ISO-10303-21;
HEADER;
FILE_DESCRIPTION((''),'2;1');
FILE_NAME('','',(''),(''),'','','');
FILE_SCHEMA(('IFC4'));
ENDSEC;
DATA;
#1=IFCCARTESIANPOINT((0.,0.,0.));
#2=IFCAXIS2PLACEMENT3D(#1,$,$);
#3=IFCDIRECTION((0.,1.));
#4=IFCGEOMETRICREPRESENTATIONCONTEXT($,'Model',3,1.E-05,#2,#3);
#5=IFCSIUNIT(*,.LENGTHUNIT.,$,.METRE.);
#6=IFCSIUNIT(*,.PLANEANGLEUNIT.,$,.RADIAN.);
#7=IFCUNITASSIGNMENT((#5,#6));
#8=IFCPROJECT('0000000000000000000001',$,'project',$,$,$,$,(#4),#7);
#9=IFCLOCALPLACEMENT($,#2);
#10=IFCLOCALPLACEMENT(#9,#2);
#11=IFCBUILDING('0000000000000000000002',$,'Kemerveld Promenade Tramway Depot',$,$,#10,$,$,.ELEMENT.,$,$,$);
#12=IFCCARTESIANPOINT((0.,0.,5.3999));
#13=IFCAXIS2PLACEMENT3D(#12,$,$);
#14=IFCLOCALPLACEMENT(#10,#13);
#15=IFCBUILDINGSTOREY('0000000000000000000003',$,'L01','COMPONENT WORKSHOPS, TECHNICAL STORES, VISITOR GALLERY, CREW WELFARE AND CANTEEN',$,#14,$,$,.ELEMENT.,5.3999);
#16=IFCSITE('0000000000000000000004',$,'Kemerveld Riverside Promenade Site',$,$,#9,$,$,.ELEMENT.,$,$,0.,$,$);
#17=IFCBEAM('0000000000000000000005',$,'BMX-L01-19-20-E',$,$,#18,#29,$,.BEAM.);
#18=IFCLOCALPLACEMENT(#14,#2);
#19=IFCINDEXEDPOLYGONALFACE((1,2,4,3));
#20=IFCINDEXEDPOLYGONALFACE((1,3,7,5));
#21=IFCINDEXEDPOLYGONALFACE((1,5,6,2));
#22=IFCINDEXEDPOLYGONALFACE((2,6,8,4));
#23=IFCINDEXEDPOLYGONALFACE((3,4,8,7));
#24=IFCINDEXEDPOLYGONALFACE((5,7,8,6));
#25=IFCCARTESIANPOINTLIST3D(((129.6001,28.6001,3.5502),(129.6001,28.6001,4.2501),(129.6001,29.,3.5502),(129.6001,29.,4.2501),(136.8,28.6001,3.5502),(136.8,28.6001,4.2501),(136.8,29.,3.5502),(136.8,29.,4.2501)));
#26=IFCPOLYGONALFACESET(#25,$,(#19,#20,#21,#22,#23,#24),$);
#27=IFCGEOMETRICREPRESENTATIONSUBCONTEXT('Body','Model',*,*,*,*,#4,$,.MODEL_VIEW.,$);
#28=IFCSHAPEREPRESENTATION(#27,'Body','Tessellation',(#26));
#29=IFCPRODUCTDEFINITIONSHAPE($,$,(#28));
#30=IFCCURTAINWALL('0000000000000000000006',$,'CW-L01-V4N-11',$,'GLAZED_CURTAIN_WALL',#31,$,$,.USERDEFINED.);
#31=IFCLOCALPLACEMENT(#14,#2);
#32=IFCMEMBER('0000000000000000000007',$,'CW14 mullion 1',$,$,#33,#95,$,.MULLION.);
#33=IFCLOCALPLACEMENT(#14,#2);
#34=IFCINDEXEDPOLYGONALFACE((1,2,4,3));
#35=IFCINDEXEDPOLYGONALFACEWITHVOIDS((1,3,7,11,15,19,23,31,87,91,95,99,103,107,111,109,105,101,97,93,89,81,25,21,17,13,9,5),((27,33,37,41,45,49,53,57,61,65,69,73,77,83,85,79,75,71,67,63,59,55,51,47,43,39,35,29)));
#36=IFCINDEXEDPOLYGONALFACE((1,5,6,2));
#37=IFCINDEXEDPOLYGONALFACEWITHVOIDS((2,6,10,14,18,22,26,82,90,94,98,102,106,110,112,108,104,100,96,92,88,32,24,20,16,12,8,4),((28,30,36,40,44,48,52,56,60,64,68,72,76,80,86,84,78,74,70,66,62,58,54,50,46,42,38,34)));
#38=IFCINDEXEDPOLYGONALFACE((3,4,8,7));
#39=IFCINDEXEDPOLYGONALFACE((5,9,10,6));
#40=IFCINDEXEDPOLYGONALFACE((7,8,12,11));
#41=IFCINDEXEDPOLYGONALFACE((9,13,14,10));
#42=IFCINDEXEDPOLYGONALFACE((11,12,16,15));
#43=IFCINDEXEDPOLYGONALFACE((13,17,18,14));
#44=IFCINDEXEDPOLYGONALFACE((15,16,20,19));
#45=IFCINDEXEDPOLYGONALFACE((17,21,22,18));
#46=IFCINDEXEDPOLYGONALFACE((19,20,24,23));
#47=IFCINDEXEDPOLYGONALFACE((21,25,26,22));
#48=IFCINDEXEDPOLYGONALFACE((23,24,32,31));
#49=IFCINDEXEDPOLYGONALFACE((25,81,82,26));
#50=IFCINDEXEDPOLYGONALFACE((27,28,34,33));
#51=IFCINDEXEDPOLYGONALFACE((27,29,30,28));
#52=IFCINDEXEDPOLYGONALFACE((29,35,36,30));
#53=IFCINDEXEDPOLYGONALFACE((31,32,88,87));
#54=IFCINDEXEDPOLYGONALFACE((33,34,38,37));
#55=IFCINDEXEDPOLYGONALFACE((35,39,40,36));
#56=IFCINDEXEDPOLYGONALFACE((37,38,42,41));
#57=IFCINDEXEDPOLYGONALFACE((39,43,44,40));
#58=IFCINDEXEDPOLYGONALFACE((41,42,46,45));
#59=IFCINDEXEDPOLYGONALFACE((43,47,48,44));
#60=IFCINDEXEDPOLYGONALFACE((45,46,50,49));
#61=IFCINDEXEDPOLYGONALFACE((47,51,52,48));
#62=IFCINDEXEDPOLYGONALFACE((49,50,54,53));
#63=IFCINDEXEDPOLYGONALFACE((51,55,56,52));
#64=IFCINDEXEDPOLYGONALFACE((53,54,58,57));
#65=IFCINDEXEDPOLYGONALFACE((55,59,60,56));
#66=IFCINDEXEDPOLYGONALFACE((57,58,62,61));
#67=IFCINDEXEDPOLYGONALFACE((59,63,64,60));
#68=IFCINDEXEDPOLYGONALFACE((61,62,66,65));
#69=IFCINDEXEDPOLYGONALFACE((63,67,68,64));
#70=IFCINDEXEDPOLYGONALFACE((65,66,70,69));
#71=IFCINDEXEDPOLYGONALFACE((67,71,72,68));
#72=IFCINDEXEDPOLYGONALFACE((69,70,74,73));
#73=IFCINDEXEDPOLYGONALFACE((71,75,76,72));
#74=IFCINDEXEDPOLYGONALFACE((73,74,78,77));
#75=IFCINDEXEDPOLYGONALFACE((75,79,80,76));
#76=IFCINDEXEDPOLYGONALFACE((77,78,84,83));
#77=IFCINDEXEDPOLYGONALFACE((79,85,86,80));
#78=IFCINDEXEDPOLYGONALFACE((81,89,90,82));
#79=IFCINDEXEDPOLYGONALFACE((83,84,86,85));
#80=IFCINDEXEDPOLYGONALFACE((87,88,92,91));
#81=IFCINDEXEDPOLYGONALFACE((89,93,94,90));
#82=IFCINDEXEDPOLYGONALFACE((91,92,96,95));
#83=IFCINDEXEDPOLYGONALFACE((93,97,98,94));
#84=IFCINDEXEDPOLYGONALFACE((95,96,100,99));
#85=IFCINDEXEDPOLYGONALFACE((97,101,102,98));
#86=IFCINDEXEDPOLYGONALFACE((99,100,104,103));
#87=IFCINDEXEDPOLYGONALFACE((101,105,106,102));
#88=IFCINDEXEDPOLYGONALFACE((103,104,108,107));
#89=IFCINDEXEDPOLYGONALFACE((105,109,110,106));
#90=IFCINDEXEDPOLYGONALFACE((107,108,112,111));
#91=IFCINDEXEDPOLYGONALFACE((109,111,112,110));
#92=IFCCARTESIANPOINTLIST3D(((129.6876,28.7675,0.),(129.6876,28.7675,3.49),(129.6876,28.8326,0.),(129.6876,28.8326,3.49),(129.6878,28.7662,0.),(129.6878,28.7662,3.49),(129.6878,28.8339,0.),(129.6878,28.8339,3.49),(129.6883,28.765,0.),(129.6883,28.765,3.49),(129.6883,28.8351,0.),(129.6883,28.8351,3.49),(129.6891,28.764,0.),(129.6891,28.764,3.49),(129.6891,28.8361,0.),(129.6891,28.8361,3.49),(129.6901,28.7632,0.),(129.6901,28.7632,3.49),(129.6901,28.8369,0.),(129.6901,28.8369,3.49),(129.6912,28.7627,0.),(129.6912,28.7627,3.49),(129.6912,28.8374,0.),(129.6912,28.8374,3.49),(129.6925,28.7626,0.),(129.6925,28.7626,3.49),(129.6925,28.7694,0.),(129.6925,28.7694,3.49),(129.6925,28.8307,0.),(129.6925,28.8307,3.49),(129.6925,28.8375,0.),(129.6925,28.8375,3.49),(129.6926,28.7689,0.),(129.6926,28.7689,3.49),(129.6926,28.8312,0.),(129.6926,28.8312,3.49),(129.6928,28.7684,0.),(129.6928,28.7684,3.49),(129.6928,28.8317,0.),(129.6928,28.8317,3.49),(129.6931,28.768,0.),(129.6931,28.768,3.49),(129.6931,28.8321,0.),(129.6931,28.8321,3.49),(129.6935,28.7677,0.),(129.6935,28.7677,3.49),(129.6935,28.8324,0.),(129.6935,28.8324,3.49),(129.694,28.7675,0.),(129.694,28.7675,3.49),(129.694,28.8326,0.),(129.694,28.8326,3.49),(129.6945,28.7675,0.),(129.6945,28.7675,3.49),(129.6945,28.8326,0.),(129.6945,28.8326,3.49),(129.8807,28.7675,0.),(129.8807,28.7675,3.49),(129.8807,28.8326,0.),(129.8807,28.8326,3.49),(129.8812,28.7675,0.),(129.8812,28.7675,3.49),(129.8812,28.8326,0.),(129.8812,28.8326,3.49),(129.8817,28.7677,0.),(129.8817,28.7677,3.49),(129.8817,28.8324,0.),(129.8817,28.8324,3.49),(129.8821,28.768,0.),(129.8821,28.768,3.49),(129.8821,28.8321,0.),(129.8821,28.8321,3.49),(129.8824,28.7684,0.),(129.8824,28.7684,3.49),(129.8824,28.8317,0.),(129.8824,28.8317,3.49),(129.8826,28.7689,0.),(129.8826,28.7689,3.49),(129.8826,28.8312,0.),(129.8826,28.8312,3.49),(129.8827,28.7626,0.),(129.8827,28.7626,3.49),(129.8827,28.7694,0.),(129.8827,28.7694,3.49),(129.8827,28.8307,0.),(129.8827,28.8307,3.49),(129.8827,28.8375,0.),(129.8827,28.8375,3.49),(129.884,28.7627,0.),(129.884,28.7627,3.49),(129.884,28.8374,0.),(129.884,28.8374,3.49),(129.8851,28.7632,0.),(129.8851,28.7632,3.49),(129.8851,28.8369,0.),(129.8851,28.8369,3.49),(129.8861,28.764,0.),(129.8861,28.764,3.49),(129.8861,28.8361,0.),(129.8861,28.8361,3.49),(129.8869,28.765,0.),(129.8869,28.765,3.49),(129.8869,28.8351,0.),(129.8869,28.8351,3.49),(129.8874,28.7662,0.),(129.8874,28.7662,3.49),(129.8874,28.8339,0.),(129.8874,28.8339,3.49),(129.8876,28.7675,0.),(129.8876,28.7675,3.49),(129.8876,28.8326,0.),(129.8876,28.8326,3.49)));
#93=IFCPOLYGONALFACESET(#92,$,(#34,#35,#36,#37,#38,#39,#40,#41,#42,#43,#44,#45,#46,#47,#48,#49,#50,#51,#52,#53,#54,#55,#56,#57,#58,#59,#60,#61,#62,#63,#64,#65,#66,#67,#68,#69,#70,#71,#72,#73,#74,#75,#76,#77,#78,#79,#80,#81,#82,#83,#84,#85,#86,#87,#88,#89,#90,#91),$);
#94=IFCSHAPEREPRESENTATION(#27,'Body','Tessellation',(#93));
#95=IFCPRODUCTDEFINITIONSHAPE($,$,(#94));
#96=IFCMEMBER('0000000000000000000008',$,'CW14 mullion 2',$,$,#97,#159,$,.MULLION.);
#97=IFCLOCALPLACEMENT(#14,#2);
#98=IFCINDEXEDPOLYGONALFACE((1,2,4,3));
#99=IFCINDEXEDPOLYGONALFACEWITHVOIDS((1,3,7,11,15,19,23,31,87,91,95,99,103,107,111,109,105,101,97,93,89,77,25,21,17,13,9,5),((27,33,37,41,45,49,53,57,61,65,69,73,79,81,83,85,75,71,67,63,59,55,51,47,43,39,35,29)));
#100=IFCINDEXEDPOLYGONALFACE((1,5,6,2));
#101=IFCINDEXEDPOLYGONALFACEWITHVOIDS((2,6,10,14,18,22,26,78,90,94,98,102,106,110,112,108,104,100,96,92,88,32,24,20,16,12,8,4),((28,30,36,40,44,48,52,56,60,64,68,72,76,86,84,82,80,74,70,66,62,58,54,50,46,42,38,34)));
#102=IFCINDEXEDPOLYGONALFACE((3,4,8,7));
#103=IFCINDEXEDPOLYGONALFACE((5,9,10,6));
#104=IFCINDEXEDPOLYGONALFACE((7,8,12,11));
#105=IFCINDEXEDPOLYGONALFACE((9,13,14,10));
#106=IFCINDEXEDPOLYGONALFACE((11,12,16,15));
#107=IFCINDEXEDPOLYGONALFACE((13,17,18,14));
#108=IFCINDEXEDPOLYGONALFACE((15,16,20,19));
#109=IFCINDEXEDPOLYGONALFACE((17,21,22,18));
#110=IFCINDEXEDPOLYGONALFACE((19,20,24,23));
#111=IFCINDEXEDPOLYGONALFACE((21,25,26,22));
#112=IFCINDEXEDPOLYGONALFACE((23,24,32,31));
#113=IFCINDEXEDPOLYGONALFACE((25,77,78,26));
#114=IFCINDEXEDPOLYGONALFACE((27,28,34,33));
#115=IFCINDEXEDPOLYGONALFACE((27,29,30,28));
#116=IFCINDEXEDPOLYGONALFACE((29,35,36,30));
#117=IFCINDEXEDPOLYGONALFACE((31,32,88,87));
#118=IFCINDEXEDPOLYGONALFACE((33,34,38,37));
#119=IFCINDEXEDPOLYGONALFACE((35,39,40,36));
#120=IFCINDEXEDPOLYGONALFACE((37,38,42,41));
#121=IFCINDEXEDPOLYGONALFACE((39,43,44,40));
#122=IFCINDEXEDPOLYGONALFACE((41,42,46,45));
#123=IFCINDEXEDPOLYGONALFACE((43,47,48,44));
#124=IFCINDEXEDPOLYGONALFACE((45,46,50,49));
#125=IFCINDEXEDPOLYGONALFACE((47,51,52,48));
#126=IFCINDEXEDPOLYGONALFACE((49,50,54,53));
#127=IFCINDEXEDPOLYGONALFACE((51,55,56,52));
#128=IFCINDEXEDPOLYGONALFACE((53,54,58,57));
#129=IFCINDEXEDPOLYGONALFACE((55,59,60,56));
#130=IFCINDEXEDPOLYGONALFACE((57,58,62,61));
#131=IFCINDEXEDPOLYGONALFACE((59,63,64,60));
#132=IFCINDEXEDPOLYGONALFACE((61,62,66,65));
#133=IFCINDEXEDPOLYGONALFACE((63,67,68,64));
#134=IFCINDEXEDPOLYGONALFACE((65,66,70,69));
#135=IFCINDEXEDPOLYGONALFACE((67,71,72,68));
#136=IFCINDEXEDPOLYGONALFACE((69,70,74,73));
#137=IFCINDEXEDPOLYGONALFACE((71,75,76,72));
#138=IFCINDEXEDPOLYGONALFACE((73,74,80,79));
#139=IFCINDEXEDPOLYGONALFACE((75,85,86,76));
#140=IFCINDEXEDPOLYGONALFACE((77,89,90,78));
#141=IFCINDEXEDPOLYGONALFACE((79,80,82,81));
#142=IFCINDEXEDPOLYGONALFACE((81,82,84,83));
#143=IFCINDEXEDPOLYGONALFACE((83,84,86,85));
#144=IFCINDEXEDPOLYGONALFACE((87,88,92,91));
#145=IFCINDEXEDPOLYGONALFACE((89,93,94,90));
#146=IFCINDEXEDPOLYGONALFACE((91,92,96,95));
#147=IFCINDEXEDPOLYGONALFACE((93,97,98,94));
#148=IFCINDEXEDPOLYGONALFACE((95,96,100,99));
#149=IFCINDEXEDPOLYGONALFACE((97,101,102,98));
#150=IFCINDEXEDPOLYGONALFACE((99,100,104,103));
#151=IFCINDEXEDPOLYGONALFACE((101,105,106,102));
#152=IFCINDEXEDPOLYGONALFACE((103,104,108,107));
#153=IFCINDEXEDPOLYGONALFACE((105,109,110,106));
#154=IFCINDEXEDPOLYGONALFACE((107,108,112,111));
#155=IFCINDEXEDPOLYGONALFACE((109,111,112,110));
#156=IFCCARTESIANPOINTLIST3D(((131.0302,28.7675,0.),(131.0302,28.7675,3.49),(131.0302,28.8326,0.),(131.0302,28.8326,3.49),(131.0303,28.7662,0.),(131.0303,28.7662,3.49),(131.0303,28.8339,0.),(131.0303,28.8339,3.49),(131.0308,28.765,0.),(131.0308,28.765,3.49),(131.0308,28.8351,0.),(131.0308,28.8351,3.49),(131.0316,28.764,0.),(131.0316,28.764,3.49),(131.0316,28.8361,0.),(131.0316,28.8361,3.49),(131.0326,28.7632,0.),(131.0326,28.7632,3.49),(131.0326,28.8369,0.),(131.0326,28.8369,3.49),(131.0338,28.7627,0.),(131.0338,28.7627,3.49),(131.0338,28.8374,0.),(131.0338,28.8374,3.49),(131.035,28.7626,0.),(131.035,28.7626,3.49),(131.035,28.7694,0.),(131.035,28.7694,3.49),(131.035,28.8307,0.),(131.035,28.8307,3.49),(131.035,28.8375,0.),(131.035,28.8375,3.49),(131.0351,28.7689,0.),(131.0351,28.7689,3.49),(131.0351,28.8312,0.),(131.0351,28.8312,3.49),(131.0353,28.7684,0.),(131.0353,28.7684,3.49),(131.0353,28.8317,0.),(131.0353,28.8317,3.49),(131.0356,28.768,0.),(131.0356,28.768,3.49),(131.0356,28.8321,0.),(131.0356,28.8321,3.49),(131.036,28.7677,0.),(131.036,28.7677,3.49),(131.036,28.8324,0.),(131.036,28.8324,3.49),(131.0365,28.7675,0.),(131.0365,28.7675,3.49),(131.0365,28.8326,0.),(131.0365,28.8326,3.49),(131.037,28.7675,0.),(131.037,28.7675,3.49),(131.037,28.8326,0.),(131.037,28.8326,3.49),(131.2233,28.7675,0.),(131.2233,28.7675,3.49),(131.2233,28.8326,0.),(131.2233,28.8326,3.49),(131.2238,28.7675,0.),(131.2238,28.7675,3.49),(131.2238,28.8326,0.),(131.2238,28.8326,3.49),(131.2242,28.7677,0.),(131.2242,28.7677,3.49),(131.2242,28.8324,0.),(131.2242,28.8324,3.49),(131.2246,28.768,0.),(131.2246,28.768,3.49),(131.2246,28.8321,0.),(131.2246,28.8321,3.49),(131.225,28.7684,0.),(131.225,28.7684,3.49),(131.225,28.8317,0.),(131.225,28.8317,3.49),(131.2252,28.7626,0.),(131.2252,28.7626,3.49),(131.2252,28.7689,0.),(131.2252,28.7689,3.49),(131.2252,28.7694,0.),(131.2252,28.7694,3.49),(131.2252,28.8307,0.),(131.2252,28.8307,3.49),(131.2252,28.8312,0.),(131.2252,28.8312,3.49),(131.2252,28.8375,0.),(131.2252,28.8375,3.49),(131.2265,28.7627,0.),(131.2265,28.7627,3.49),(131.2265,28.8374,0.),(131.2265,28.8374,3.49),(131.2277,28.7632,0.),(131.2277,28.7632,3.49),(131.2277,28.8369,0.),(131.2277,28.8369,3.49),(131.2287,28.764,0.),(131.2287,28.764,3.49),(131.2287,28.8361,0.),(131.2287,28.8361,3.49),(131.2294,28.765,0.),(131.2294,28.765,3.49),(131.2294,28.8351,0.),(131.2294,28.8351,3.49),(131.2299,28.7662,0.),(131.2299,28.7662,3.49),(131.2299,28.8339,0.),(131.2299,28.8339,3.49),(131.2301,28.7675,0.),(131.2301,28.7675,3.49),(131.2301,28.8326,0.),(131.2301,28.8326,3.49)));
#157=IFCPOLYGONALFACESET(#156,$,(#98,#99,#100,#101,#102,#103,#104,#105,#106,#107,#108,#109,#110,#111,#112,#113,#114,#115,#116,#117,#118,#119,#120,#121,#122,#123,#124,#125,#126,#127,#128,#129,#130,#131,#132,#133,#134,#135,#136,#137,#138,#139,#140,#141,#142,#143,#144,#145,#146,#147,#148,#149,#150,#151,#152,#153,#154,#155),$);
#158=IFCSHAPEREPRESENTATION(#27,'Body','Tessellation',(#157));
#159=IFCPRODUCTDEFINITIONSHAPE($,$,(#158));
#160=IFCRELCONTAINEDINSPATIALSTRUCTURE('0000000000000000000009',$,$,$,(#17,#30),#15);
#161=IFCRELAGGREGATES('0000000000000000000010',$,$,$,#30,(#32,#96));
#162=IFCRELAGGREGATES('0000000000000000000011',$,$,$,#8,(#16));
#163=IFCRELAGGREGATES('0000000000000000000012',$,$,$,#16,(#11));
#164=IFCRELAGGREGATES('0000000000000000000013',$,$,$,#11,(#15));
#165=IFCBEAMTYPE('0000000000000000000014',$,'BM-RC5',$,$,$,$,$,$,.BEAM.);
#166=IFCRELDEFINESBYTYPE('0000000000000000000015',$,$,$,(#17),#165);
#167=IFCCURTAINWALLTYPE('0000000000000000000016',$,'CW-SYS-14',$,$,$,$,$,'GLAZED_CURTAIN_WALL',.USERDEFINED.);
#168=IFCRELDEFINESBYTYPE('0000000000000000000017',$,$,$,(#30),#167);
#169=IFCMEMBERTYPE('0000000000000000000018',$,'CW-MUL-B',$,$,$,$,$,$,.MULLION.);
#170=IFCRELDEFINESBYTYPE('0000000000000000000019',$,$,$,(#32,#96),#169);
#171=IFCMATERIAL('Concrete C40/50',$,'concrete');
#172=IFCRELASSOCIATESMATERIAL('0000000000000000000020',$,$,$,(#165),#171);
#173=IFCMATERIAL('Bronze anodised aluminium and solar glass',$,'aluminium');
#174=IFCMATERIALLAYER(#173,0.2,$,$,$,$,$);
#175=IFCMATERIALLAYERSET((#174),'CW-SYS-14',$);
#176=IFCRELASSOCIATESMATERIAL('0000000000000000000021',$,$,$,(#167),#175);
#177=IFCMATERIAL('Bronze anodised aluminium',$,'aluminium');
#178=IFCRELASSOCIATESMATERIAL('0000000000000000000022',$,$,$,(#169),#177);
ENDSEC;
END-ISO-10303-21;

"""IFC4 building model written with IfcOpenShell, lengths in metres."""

from ifc_helpers import new_model, si_unit, direction, frame, origin, origin_2d, place, context, subcontext, project, spatial, rectangle, hollow_rectangle, extrude, material, layer, layer_set, material_profile, profile_set, type_object, element, aggregate, save


model = new_model("IFC4")

# Units and contexts
model_context = context("Model", 3, precision=1e-05, world=origin(), true_north=direction((0.0, 1.0)))
body_context = subcontext(model_context, "Body", "Model", "MODEL_VIEW")
ifc_project = project(units=[si_unit("LENGTHUNIT", "METRE"), si_unit("PLANEANGLEUNIT", "RADIAN")], contexts=[model_context])

# Site, building, storey
site_placement = place(None, origin())
site = spatial("IfcSite", under=ifc_project, at=site_placement, Name="Kemerveld Riverside Promenade Site", CompositionType="ELEMENT", RefElevation=0.0)
building_placement = place(site_placement, origin())
building = spatial("IfcBuilding", under=site, at=building_placement, Name="Kemerveld Promenade Tramway Depot", CompositionType="ELEMENT")
storey_placement = place(building_placement, frame((0.0, 0.0, 5.3999)))
storey = spatial("IfcBuildingStorey", under=building, at=storey_placement, Name="L01", Description="COMPONENT WORKSHOPS, TECHNICAL STORES, VISITOR GALLERY, CREW WELFARE AND CANTEEN", CompositionType="ELEMENT", Elevation=5.3999)

# Beam
ifc_material_1 = material(Name="Concrete C40/50", Category="concrete")
ifc_material_profile_1 = material_profile(ifc_material_1, rectangle(XDim=0.3999, YDim=0.7, at=origin_2d()), Name="RC-BM-400x700")
ifc_profile_set_1 = profile_set([ifc_material_profile_1], Name="Concrete C40/50")
beam_type = type_object("IfcBeamType", Name="BM-RC5", PredefinedType="BEAM", material=ifc_profile_set_1)
beam_placement = place(storey_placement, frame((129.6001, 28.8, 3.9001), z_axis=(1.0, 0.0, 0.0), x_axis=(0.0, 1.0, 0.0)))
element("IfcBeam", 1, at=beam_placement, inside=storey, type_object=beam_type, Name="BMX-L01-19-20-E", PredefinedType="BEAM", context=body_context, shape_type="SweptSolid", body=[
    extrude(rectangle(XDim=0.3999, YDim=0.7, at=origin_2d()), origin(), (0.0, 0.0, 1.0), 7.2),
])

# Curtain wall, members
ifc_material_2 = material(Name="Bronze anodised aluminium and solar glass", Category="aluminium")
ifc_layer_1 = layer(ifc_material_2, 0.2)
ifc_layer_set_1 = layer_set([ifc_layer_1], Name="CW-SYS-14")
curtain_wall_type = type_object("IfcCurtainWallType", Name="CW-SYS-14", ElementType="GLAZED_CURTAIN_WALL", PredefinedType="USERDEFINED", material=ifc_layer_set_1)
curtain_wall_placement = place(storey_placement, origin())
curtain_wall = element("IfcCurtainWall", 2, at=curtain_wall_placement, inside=storey, type_object=curtain_wall_type, Name="CW-L01-V4N-11", ObjectType="GLAZED_CURTAIN_WALL", PredefinedType="USERDEFINED")
ifc_material_3 = material(Name="Bronze anodised aluminium", Category="aluminium")
ifc_material_profile_2 = material_profile(ifc_material_3, hollow_rectangle(XDim=0.075, YDim=0.2, WallThickness=0.0049, InnerFilletRadius=0.002, OuterFilletRadius=0.0049, at=origin_2d()), Name="CW-MUL-200x75")
ifc_profile_set_2 = profile_set([ifc_material_profile_2], Name="Bronze anodised aluminium")
member_type_1 = type_object("IfcMemberType", Name="CW-MUL-B", PredefinedType="MULLION", material=ifc_profile_set_2)
member_1_placement = place(storey_placement, frame((129.7876, 28.8, 0.0), z_axis=(0.0, 0.0, 1.0), x_axis=(0.0, 1.0, 0.0)))
member_1 = element("IfcMember", 3, at=member_1_placement, type_object=member_type_1, Name="CW14 mullion 1", PredefinedType="MULLION", context=body_context, shape_type="SweptSolid", body=[
    extrude(hollow_rectangle(XDim=0.075, YDim=0.2, WallThickness=0.0049, InnerFilletRadius=0.002, OuterFilletRadius=0.0049, at=origin_2d()), origin(), (0.0, 0.0, 1.0), 3.49),
])
member_2_placement = place(storey_placement, frame((131.1301, 28.8, 0.0), z_axis=(0.0, 0.0, 1.0), x_axis=(0.0, 1.0, 0.0)))
member_2 = element("IfcMember", 4, at=member_2_placement, type_object=member_type_1, Name="CW14 mullion 2", PredefinedType="MULLION", context=body_context, shape_type="SweptSolid", body=[
    extrude(hollow_rectangle(XDim=0.075, YDim=0.2, WallThickness=0.0049, InnerFilletRadius=0.002, OuterFilletRadius=0.0049, at=origin_2d()), origin(), (0.0, 0.0, 1.0), 3.49),
])
aggregate(curtain_wall, [member_1, member_2])

save(model, "model.ifc")
